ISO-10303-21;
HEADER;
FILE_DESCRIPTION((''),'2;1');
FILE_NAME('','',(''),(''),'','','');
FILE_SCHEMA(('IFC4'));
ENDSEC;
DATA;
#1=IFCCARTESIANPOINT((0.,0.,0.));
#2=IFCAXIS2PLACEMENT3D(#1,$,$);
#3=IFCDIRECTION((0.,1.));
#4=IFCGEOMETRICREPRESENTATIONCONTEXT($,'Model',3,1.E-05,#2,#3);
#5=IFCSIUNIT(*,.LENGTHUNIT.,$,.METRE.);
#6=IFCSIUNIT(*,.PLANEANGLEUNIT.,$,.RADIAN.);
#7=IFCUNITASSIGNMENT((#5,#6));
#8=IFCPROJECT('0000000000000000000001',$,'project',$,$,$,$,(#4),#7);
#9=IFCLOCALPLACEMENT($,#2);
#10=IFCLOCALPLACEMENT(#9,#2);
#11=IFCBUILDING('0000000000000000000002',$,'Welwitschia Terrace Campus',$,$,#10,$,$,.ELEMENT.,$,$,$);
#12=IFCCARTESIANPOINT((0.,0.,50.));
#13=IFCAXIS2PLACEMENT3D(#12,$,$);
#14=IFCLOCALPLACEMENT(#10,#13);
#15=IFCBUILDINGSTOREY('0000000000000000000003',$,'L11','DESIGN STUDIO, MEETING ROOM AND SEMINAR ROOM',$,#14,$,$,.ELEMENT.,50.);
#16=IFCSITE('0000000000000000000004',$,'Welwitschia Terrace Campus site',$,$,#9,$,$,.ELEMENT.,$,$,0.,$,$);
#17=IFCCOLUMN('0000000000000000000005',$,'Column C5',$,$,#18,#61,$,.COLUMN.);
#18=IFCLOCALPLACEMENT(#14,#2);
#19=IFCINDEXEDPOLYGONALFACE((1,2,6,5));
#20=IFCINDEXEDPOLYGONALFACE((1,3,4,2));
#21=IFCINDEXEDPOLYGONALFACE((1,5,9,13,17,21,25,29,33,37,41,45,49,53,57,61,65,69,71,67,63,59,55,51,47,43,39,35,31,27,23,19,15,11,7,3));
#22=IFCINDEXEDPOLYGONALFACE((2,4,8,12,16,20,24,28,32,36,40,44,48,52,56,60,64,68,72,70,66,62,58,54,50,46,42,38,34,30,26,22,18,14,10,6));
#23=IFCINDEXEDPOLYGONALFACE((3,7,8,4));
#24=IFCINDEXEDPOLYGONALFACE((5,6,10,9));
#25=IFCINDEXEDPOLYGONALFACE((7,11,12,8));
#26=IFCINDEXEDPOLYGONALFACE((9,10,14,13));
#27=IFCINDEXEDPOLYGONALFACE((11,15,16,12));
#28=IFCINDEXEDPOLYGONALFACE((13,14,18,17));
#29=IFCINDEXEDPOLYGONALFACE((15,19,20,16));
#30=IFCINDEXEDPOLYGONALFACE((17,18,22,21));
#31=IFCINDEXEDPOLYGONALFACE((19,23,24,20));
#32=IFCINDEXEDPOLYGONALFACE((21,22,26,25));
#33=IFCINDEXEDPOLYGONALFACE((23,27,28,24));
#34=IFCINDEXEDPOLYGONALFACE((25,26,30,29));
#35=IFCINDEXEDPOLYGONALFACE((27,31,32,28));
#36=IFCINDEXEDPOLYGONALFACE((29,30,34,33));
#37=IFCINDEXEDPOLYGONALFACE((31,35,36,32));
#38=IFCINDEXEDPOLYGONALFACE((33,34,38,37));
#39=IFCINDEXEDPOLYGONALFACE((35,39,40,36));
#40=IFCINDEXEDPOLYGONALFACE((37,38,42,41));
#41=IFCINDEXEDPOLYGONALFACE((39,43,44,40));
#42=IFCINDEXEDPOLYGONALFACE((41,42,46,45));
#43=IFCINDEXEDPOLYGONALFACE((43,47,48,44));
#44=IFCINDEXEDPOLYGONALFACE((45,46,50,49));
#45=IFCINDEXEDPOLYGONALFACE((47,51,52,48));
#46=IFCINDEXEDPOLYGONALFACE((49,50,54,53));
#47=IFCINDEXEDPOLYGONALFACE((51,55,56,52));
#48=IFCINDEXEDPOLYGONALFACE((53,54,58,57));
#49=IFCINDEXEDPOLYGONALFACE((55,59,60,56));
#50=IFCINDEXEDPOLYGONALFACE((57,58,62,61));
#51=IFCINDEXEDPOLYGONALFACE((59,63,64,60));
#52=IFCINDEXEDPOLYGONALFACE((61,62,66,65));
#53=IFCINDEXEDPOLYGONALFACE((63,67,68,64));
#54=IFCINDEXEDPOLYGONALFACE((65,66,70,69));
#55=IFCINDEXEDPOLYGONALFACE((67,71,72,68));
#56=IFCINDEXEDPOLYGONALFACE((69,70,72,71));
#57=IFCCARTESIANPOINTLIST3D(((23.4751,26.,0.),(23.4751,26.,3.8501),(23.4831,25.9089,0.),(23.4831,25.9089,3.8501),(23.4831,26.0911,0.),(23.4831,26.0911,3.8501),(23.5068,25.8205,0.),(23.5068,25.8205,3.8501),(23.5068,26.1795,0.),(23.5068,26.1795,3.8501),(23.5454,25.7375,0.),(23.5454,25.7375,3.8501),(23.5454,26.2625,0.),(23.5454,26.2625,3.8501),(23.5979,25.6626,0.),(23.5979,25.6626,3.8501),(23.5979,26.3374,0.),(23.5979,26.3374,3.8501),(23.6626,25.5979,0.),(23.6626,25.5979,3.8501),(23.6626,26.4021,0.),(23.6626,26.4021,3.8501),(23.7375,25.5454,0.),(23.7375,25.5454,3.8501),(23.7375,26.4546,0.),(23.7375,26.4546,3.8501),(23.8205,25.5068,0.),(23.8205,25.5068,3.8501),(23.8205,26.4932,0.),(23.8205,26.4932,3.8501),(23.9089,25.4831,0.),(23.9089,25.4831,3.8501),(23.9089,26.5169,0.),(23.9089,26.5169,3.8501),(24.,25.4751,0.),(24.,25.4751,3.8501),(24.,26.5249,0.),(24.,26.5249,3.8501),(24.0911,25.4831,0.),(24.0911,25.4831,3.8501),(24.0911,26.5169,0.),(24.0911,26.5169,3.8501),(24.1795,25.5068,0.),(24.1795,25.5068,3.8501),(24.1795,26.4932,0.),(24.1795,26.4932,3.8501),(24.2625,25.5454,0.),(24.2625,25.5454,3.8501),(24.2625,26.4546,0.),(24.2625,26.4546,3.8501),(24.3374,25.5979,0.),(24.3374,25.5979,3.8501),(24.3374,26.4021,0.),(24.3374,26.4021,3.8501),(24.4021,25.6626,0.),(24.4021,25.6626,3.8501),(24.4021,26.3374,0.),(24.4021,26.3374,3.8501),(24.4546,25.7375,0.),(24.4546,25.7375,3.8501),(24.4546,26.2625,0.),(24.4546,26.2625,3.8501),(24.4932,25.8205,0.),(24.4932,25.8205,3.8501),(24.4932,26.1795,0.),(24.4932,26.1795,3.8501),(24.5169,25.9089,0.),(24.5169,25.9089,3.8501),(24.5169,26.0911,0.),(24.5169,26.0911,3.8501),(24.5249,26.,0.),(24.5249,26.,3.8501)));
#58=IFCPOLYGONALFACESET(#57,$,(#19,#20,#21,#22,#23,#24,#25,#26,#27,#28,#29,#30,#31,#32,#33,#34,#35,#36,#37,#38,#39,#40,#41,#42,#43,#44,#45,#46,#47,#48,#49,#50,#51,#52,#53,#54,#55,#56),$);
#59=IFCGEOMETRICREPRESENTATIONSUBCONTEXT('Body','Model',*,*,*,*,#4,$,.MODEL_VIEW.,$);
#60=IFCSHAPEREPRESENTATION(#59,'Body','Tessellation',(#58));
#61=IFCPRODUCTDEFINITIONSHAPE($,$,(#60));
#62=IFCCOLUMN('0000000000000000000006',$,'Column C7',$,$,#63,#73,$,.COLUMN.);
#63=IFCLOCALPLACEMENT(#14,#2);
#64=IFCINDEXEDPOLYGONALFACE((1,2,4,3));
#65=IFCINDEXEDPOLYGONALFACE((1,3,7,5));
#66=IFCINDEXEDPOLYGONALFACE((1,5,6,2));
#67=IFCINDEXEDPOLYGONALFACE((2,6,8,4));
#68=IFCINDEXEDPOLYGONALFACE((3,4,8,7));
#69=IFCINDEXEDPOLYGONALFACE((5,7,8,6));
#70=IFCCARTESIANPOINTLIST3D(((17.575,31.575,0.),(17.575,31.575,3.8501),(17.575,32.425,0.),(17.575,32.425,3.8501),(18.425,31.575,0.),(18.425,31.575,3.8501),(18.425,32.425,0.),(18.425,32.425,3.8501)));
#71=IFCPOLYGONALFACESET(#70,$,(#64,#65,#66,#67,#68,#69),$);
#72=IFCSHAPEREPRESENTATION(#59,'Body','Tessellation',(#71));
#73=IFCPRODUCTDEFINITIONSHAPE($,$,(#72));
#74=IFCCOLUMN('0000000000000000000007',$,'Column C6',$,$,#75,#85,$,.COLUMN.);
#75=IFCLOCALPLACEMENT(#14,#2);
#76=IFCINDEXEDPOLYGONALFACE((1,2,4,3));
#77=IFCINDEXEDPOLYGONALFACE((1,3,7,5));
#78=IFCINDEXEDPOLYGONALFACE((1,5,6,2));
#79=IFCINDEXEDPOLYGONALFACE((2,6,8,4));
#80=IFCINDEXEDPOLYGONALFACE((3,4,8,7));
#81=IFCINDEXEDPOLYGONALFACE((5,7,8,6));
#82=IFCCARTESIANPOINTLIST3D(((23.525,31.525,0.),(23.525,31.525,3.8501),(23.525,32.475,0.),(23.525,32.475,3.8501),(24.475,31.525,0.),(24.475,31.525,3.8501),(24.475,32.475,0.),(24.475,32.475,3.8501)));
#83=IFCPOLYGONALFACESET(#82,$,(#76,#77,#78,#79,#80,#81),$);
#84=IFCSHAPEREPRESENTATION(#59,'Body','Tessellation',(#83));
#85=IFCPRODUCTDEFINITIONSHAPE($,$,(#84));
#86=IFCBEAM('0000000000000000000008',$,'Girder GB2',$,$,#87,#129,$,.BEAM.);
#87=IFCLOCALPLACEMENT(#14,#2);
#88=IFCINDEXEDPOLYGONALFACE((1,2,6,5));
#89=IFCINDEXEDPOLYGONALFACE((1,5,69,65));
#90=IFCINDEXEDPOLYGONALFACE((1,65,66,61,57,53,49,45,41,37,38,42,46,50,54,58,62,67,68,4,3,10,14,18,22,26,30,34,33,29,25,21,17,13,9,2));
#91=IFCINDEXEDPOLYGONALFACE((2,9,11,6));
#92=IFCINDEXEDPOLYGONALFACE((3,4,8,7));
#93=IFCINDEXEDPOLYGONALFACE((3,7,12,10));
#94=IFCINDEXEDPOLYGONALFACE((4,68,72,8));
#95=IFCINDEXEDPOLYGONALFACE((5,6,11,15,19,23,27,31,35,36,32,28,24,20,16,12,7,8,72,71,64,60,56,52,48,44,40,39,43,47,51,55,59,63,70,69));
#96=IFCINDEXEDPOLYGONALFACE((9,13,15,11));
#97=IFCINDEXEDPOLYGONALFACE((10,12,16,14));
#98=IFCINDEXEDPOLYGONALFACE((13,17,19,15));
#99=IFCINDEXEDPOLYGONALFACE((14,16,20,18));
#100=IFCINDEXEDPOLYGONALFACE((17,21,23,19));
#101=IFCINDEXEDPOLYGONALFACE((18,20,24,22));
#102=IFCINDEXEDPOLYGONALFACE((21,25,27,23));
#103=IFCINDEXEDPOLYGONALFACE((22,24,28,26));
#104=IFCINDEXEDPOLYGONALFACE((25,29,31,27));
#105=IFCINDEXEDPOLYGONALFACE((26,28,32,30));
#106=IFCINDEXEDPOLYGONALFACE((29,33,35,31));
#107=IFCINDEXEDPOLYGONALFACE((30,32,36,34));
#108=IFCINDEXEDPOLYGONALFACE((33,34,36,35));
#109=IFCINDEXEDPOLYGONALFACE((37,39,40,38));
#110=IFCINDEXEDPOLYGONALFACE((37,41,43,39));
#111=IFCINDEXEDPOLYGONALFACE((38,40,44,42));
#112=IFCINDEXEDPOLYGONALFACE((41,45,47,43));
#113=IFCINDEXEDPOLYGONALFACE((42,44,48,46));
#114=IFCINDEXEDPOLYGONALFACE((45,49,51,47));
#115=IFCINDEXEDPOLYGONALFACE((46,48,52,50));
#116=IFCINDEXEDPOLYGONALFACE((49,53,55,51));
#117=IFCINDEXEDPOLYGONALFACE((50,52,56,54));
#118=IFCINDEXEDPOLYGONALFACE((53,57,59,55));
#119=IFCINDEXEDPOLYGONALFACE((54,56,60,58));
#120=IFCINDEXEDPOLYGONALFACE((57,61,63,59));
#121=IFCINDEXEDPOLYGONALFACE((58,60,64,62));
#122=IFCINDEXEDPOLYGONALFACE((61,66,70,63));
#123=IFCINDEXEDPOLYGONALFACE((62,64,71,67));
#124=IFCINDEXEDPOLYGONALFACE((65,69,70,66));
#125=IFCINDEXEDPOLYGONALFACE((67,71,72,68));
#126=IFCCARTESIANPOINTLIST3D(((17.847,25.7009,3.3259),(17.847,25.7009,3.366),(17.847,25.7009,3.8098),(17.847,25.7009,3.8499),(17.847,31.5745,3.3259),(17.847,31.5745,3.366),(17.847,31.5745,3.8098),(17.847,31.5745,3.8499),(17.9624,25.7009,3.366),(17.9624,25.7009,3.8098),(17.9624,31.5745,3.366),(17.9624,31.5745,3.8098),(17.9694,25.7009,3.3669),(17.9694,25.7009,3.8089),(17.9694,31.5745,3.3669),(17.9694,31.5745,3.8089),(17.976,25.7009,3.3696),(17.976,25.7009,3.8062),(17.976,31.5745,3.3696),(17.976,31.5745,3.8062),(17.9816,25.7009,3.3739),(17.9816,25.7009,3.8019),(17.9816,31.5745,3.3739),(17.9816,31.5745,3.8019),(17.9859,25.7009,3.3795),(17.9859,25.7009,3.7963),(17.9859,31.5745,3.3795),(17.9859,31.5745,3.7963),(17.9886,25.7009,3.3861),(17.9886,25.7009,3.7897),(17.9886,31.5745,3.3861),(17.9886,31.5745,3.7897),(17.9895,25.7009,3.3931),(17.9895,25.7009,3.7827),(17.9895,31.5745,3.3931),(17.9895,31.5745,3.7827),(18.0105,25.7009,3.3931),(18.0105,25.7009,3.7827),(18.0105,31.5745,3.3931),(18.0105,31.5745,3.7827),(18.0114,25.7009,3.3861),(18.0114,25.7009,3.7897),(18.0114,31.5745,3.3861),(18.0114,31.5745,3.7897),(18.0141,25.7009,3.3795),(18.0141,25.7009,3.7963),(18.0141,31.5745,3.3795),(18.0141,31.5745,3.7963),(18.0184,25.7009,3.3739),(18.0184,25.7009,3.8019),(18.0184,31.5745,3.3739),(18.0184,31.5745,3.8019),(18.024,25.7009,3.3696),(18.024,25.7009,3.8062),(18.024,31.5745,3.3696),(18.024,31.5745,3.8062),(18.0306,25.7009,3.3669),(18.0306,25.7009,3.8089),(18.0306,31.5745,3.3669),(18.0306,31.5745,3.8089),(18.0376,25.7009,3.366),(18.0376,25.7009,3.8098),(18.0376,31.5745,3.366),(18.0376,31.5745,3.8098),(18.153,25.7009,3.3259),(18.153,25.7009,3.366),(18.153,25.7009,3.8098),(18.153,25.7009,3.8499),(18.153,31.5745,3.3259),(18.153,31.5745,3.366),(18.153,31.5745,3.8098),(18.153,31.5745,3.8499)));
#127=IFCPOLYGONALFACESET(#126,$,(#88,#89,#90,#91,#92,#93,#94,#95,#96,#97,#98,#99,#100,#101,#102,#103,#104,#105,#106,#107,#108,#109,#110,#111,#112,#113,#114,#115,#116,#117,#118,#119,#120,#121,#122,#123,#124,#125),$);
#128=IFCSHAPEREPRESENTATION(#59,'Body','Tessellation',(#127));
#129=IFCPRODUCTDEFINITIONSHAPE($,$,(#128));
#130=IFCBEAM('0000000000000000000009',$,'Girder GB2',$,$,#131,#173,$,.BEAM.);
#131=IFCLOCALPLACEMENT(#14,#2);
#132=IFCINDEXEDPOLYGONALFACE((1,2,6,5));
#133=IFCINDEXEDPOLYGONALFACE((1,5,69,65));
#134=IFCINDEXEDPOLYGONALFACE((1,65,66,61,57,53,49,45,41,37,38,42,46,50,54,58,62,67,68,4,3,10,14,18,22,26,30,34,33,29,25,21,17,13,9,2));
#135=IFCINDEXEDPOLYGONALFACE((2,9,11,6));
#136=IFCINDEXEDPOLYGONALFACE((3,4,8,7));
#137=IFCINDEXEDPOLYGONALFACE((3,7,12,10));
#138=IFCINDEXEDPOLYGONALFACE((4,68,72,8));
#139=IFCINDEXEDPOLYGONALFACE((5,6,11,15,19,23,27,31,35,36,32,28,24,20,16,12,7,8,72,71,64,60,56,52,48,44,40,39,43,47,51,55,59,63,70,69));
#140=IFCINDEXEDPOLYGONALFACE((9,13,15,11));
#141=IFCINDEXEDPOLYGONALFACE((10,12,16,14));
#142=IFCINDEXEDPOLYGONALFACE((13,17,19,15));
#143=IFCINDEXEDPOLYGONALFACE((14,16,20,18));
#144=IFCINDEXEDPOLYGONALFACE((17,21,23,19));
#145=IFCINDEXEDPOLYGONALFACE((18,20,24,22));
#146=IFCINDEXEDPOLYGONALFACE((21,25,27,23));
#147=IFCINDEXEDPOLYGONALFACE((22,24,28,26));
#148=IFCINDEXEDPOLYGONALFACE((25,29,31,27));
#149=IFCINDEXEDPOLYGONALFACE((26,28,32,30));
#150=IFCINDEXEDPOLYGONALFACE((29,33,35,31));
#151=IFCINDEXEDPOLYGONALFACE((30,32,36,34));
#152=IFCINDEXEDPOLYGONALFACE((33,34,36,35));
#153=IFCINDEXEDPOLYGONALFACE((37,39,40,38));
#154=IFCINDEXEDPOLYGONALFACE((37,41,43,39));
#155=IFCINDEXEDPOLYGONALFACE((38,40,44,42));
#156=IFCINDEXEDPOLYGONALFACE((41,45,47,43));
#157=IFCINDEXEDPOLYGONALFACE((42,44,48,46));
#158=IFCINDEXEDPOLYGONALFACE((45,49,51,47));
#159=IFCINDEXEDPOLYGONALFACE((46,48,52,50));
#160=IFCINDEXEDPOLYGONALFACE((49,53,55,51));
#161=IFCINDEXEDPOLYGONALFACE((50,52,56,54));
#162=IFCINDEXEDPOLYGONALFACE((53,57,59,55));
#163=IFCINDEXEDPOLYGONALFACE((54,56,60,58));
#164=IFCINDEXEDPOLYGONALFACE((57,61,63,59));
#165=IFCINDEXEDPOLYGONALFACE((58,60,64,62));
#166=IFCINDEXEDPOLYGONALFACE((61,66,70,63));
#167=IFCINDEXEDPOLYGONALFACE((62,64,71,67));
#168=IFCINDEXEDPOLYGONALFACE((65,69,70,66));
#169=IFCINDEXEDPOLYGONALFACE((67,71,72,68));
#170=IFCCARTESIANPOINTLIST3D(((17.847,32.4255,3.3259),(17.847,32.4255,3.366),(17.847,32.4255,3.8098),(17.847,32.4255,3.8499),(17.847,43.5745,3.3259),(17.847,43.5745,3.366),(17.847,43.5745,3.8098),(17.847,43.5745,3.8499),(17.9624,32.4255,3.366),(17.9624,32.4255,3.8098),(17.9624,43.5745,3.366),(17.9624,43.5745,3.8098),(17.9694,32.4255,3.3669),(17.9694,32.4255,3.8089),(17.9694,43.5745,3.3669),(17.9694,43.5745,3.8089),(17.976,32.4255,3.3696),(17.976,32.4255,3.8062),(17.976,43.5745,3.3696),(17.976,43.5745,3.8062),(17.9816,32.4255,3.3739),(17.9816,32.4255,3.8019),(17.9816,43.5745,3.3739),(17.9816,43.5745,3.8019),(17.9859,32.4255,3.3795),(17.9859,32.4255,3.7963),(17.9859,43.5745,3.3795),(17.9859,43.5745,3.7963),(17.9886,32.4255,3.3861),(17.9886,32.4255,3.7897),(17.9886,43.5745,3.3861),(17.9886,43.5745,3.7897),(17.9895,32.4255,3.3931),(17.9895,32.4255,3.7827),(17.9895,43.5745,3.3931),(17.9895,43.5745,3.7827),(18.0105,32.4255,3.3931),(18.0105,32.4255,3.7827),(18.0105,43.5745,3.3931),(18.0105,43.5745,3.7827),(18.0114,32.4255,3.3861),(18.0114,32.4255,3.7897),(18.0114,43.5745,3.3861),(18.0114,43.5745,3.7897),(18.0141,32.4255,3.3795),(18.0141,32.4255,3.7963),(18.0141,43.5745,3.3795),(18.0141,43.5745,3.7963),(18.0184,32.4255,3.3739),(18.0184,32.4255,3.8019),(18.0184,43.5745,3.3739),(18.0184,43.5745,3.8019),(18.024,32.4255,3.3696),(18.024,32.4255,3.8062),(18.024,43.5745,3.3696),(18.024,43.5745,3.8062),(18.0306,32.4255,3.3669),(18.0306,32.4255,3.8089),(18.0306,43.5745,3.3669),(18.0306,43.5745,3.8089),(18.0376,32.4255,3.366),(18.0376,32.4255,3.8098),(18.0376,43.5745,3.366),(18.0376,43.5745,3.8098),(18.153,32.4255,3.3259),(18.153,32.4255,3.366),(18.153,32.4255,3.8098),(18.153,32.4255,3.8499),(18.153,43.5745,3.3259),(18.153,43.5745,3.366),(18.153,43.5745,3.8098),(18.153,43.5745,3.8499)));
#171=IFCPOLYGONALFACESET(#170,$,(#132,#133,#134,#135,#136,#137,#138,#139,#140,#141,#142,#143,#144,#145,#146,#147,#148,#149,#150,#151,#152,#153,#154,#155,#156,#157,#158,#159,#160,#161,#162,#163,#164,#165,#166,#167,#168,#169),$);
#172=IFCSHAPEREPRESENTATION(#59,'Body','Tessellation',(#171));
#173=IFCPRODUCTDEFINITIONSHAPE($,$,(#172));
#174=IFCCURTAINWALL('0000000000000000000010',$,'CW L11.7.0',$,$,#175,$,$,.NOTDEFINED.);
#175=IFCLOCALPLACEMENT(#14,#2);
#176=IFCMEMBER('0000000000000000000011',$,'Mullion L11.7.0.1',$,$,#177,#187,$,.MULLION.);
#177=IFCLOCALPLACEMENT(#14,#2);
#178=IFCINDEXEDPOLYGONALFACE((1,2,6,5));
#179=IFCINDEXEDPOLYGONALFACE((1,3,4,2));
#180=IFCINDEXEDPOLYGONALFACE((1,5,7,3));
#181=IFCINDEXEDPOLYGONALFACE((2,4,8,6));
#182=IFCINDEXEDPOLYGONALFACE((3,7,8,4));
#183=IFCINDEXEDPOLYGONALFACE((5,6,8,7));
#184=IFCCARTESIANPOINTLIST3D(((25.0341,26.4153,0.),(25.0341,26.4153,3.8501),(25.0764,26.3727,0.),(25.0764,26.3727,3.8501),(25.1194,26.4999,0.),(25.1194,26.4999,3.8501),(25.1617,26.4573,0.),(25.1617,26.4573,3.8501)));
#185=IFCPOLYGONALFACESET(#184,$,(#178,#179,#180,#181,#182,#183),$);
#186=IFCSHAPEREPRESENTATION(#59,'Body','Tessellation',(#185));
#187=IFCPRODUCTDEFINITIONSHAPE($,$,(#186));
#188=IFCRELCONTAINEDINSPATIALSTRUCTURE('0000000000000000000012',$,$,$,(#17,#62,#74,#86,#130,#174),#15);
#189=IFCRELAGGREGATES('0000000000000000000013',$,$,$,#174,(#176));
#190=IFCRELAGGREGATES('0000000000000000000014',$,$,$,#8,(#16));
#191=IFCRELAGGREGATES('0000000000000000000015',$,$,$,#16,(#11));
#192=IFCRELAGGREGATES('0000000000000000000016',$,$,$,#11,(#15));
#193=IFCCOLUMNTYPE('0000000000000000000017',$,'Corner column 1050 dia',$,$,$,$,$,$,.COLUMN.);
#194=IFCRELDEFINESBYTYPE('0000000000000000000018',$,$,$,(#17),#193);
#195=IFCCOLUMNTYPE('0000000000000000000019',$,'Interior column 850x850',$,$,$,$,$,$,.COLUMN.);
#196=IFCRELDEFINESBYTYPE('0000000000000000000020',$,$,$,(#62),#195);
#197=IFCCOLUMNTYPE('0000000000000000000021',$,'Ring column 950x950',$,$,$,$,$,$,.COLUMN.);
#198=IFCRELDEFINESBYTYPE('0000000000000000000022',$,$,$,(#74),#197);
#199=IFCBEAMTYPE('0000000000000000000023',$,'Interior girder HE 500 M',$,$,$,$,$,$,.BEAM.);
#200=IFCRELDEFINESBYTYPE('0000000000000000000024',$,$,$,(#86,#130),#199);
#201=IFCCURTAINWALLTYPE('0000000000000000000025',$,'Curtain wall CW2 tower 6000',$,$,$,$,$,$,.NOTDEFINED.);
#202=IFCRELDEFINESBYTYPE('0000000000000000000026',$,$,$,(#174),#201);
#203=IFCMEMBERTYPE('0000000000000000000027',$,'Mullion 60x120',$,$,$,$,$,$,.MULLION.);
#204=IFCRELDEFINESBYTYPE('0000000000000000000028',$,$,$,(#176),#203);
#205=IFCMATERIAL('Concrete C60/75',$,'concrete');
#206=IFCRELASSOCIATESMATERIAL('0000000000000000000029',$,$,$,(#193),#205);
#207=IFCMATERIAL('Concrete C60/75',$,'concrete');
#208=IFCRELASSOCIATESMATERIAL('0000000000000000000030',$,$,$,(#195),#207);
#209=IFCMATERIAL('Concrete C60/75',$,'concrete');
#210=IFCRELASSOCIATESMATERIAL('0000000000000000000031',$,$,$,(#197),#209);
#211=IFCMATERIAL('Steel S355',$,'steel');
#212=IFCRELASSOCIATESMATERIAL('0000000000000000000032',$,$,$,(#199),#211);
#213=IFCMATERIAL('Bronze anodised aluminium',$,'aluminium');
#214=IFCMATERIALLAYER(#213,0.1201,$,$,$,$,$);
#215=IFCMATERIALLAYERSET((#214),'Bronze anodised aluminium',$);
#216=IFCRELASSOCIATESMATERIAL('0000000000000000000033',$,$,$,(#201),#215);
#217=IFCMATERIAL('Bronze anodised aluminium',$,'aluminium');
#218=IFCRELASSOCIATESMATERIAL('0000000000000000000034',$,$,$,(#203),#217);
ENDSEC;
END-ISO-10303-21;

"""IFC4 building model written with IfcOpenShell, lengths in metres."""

from ifc_helpers import new_model, si_unit, direction, frame, origin, origin_2d, place, context, subcontext, project, spatial, rectangle, circle, i_section, extrude, material, layer, layer_set, material_profile, profile_set, type_object, element, aggregate, save


model = new_model("IFC4")

# Units and contexts
model_context = context("Model", 3, precision=1e-05, world=origin(), true_north=direction((0.0, 1.0)))
body_context = subcontext(model_context, "Body", "Model", "MODEL_VIEW")
ifc_project = project(units=[si_unit("LENGTHUNIT", "METRE"), si_unit("PLANEANGLEUNIT", "RADIAN")], contexts=[model_context])

# Site, building, storey
site_placement = place(None, origin())
site = spatial("IfcSite", under=ifc_project, at=site_placement, Name="Welwitschia Terrace Campus site", CompositionType="ELEMENT", RefElevation=0.0)
building_placement = place(site_placement, origin())
building = spatial("IfcBuilding", under=site, at=building_placement, Name="Welwitschia Terrace Campus", CompositionType="ELEMENT")
storey_placement = place(building_placement, frame((0.0, 0.0, 50.0)))
storey = spatial("IfcBuildingStorey", under=building, at=storey_placement, Name="L11", Description="DESIGN STUDIO, MEETING ROOM AND SEMINAR ROOM", CompositionType="ELEMENT", Elevation=50.0)

# Columns
ifc_material_1 = material(Name="Concrete C60/75", Category="concrete")
ifc_material_profile_1 = material_profile(ifc_material_1, circle(Radius=0.5249, at=origin_2d()))
ifc_profile_set_1 = profile_set([ifc_material_profile_1], Name="Concrete C60/75")
column_type_1 = type_object("IfcColumnType", Name="Corner column 1050 dia", PredefinedType="COLUMN", material=ifc_profile_set_1)
column_1_placement = place(storey_placement, frame((24.0, 26.0, 0.0), z_axis=(0.0, 0.0, 1.0), x_axis=(1.0, 0.0, 0.0)))
element("IfcColumn", 1, at=column_1_placement, inside=storey, type_object=column_type_1, Name="Column C5", PredefinedType="COLUMN", context=body_context, shape_type="SweptSolid", body=[
    extrude(circle(Radius=0.5249, at=origin_2d()), origin(), (0.0, 0.0, 1.0), 3.8501),
])
ifc_material_2 = material(Name="Concrete C60/75", Category="concrete")
ifc_material_profile_2 = material_profile(ifc_material_2, rectangle(XDim=0.8501, YDim=0.8501, at=origin_2d()))
ifc_profile_set_2 = profile_set([ifc_material_profile_2], Name="Concrete C60/75")
column_type_2 = type_object("IfcColumnType", Name="Interior column 850x850", PredefinedType="COLUMN", material=ifc_profile_set_2)
column_2_placement = place(storey_placement, frame((18.0, 32.0, 0.0), z_axis=(0.0, 0.0, 1.0), x_axis=(1.0, 0.0, 0.0)))
element("IfcColumn", 2, at=column_2_placement, inside=storey, type_object=column_type_2, Name="Column C7", PredefinedType="COLUMN", context=body_context, shape_type="SweptSolid", body=[
    extrude(rectangle(XDim=0.8501, YDim=0.8501, at=origin_2d()), origin(), (0.0, 0.0, 1.0), 3.8501),
])
ifc_material_3 = material(Name="Concrete C60/75", Category="concrete")
ifc_material_profile_3 = material_profile(ifc_material_3, rectangle(XDim=0.95, YDim=0.95, at=origin_2d()))
ifc_profile_set_3 = profile_set([ifc_material_profile_3], Name="Concrete C60/75")
column_type_3 = type_object("IfcColumnType", Name="Ring column 950x950", PredefinedType="COLUMN", material=ifc_profile_set_3)
column_3_placement = place(storey_placement, frame((24.0, 32.0, 0.0), z_axis=(0.0, 0.0, 1.0), x_axis=(1.0, 0.0, 0.0)))
element("IfcColumn", 3, at=column_3_placement, inside=storey, type_object=column_type_3, Name="Column C6", PredefinedType="COLUMN", context=body_context, shape_type="SweptSolid", body=[
    extrude(rectangle(XDim=0.95, YDim=0.95, at=origin_2d()), origin(), (0.0, 0.0, 1.0), 3.8501),
])

# Beams
ifc_material_4 = material(Name="Steel S355", Category="steel")
ifc_material_profile_4 = material_profile(ifc_material_4, i_section(OverallWidth=0.3059, OverallDepth=0.5239, WebThickness=0.021, FlangeThickness=0.04, FilletRadius=0.0271, at=origin_2d()))
ifc_profile_set_4 = profile_set([ifc_material_profile_4], Name="Steel S355")
beam_type_1 = type_object("IfcBeamType", Name="Interior girder HE 500 M", PredefinedType="BEAM", material=ifc_profile_set_4)
beam_1_placement = place(storey_placement, frame((18.0, 25.7009, 3.5879), z_axis=(0.0, 1.0, 0.0), x_axis=(-1.0, 0.0, 0.0)))
element("IfcBeam", 4, at=beam_1_placement, inside=storey, type_object=beam_type_1, Name="Girder GB2", PredefinedType="BEAM", context=body_context, shape_type="SweptSolid", body=[
    extrude(i_section(OverallWidth=0.3059, OverallDepth=0.5239, WebThickness=0.021, FlangeThickness=0.04, FilletRadius=0.0271, at=origin_2d()), origin(), (0.0, 0.0, 1.0), 5.8735),
])
beam_2_placement = place(storey_placement, frame((18.0, 32.4255, 3.5879), z_axis=(0.0, 1.0, 0.0), x_axis=(-1.0, 0.0, 0.0)))
element("IfcBeam", 5, at=beam_2_placement, inside=storey, type_object=beam_type_1, Name="Girder GB2", PredefinedType="BEAM", context=body_context, shape_type="SweptSolid", body=[
    extrude(i_section(OverallWidth=0.3059, OverallDepth=0.5239, WebThickness=0.021, FlangeThickness=0.04, FilletRadius=0.0271, at=origin_2d()), origin(), (0.0, 0.0, 1.0), 11.1489),
])

# Curtain wall, member
ifc_material_5 = material(Name="Bronze anodised aluminium", Category="aluminium")
ifc_layer_1 = layer(ifc_material_5, 0.1201)
ifc_layer_set_1 = layer_set([ifc_layer_1], Name="Bronze anodised aluminium")
curtain_wall_type = type_object("IfcCurtainWallType", Name="Curtain wall CW2 tower 6000", PredefinedType="NOTDEFINED", material=ifc_layer_set_1)
curtain_wall_1_placement = place(storey_placement, origin())
curtain_wall_1 = element("IfcCurtainWall", 6, at=curtain_wall_1_placement, inside=storey, type_object=curtain_wall_type, Name="CW L11.7.0", PredefinedType="NOTDEFINED")
ifc_material_6 = material(Name="Bronze anodised aluminium", Category="aluminium")
ifc_material_profile_5 = material_profile(ifc_material_6, rectangle(XDim=0.1201, YDim=0.0601, at=origin_2d()))
ifc_profile_set_5 = profile_set([ifc_material_profile_5], Name="Bronze anodised aluminium")
member_type_1 = type_object("IfcMemberType", Name="Mullion 60x120", PredefinedType="MULLION", material=ifc_profile_set_5)
member_1_placement = place(storey_placement, frame((25.0979, 26.4363, 0.0), z_axis=(0.0, 0.0, 1.0), x_axis=(-0.709608, -0.704596, 0.0)))
member_1 = element("IfcMember", 7, at=member_1_placement, type_object=member_type_1, Name="Mullion L11.7.0.1", PredefinedType="MULLION", context=body_context, shape_type="SweptSolid", body=[
    extrude(rectangle(XDim=0.1201, YDim=0.0601, at=origin_2d()), origin(), (0.0, 0.0, 1.0), 3.8501),
])
aggregate(curtain_wall_1, [member_1])

save(model, "model.ifc")
